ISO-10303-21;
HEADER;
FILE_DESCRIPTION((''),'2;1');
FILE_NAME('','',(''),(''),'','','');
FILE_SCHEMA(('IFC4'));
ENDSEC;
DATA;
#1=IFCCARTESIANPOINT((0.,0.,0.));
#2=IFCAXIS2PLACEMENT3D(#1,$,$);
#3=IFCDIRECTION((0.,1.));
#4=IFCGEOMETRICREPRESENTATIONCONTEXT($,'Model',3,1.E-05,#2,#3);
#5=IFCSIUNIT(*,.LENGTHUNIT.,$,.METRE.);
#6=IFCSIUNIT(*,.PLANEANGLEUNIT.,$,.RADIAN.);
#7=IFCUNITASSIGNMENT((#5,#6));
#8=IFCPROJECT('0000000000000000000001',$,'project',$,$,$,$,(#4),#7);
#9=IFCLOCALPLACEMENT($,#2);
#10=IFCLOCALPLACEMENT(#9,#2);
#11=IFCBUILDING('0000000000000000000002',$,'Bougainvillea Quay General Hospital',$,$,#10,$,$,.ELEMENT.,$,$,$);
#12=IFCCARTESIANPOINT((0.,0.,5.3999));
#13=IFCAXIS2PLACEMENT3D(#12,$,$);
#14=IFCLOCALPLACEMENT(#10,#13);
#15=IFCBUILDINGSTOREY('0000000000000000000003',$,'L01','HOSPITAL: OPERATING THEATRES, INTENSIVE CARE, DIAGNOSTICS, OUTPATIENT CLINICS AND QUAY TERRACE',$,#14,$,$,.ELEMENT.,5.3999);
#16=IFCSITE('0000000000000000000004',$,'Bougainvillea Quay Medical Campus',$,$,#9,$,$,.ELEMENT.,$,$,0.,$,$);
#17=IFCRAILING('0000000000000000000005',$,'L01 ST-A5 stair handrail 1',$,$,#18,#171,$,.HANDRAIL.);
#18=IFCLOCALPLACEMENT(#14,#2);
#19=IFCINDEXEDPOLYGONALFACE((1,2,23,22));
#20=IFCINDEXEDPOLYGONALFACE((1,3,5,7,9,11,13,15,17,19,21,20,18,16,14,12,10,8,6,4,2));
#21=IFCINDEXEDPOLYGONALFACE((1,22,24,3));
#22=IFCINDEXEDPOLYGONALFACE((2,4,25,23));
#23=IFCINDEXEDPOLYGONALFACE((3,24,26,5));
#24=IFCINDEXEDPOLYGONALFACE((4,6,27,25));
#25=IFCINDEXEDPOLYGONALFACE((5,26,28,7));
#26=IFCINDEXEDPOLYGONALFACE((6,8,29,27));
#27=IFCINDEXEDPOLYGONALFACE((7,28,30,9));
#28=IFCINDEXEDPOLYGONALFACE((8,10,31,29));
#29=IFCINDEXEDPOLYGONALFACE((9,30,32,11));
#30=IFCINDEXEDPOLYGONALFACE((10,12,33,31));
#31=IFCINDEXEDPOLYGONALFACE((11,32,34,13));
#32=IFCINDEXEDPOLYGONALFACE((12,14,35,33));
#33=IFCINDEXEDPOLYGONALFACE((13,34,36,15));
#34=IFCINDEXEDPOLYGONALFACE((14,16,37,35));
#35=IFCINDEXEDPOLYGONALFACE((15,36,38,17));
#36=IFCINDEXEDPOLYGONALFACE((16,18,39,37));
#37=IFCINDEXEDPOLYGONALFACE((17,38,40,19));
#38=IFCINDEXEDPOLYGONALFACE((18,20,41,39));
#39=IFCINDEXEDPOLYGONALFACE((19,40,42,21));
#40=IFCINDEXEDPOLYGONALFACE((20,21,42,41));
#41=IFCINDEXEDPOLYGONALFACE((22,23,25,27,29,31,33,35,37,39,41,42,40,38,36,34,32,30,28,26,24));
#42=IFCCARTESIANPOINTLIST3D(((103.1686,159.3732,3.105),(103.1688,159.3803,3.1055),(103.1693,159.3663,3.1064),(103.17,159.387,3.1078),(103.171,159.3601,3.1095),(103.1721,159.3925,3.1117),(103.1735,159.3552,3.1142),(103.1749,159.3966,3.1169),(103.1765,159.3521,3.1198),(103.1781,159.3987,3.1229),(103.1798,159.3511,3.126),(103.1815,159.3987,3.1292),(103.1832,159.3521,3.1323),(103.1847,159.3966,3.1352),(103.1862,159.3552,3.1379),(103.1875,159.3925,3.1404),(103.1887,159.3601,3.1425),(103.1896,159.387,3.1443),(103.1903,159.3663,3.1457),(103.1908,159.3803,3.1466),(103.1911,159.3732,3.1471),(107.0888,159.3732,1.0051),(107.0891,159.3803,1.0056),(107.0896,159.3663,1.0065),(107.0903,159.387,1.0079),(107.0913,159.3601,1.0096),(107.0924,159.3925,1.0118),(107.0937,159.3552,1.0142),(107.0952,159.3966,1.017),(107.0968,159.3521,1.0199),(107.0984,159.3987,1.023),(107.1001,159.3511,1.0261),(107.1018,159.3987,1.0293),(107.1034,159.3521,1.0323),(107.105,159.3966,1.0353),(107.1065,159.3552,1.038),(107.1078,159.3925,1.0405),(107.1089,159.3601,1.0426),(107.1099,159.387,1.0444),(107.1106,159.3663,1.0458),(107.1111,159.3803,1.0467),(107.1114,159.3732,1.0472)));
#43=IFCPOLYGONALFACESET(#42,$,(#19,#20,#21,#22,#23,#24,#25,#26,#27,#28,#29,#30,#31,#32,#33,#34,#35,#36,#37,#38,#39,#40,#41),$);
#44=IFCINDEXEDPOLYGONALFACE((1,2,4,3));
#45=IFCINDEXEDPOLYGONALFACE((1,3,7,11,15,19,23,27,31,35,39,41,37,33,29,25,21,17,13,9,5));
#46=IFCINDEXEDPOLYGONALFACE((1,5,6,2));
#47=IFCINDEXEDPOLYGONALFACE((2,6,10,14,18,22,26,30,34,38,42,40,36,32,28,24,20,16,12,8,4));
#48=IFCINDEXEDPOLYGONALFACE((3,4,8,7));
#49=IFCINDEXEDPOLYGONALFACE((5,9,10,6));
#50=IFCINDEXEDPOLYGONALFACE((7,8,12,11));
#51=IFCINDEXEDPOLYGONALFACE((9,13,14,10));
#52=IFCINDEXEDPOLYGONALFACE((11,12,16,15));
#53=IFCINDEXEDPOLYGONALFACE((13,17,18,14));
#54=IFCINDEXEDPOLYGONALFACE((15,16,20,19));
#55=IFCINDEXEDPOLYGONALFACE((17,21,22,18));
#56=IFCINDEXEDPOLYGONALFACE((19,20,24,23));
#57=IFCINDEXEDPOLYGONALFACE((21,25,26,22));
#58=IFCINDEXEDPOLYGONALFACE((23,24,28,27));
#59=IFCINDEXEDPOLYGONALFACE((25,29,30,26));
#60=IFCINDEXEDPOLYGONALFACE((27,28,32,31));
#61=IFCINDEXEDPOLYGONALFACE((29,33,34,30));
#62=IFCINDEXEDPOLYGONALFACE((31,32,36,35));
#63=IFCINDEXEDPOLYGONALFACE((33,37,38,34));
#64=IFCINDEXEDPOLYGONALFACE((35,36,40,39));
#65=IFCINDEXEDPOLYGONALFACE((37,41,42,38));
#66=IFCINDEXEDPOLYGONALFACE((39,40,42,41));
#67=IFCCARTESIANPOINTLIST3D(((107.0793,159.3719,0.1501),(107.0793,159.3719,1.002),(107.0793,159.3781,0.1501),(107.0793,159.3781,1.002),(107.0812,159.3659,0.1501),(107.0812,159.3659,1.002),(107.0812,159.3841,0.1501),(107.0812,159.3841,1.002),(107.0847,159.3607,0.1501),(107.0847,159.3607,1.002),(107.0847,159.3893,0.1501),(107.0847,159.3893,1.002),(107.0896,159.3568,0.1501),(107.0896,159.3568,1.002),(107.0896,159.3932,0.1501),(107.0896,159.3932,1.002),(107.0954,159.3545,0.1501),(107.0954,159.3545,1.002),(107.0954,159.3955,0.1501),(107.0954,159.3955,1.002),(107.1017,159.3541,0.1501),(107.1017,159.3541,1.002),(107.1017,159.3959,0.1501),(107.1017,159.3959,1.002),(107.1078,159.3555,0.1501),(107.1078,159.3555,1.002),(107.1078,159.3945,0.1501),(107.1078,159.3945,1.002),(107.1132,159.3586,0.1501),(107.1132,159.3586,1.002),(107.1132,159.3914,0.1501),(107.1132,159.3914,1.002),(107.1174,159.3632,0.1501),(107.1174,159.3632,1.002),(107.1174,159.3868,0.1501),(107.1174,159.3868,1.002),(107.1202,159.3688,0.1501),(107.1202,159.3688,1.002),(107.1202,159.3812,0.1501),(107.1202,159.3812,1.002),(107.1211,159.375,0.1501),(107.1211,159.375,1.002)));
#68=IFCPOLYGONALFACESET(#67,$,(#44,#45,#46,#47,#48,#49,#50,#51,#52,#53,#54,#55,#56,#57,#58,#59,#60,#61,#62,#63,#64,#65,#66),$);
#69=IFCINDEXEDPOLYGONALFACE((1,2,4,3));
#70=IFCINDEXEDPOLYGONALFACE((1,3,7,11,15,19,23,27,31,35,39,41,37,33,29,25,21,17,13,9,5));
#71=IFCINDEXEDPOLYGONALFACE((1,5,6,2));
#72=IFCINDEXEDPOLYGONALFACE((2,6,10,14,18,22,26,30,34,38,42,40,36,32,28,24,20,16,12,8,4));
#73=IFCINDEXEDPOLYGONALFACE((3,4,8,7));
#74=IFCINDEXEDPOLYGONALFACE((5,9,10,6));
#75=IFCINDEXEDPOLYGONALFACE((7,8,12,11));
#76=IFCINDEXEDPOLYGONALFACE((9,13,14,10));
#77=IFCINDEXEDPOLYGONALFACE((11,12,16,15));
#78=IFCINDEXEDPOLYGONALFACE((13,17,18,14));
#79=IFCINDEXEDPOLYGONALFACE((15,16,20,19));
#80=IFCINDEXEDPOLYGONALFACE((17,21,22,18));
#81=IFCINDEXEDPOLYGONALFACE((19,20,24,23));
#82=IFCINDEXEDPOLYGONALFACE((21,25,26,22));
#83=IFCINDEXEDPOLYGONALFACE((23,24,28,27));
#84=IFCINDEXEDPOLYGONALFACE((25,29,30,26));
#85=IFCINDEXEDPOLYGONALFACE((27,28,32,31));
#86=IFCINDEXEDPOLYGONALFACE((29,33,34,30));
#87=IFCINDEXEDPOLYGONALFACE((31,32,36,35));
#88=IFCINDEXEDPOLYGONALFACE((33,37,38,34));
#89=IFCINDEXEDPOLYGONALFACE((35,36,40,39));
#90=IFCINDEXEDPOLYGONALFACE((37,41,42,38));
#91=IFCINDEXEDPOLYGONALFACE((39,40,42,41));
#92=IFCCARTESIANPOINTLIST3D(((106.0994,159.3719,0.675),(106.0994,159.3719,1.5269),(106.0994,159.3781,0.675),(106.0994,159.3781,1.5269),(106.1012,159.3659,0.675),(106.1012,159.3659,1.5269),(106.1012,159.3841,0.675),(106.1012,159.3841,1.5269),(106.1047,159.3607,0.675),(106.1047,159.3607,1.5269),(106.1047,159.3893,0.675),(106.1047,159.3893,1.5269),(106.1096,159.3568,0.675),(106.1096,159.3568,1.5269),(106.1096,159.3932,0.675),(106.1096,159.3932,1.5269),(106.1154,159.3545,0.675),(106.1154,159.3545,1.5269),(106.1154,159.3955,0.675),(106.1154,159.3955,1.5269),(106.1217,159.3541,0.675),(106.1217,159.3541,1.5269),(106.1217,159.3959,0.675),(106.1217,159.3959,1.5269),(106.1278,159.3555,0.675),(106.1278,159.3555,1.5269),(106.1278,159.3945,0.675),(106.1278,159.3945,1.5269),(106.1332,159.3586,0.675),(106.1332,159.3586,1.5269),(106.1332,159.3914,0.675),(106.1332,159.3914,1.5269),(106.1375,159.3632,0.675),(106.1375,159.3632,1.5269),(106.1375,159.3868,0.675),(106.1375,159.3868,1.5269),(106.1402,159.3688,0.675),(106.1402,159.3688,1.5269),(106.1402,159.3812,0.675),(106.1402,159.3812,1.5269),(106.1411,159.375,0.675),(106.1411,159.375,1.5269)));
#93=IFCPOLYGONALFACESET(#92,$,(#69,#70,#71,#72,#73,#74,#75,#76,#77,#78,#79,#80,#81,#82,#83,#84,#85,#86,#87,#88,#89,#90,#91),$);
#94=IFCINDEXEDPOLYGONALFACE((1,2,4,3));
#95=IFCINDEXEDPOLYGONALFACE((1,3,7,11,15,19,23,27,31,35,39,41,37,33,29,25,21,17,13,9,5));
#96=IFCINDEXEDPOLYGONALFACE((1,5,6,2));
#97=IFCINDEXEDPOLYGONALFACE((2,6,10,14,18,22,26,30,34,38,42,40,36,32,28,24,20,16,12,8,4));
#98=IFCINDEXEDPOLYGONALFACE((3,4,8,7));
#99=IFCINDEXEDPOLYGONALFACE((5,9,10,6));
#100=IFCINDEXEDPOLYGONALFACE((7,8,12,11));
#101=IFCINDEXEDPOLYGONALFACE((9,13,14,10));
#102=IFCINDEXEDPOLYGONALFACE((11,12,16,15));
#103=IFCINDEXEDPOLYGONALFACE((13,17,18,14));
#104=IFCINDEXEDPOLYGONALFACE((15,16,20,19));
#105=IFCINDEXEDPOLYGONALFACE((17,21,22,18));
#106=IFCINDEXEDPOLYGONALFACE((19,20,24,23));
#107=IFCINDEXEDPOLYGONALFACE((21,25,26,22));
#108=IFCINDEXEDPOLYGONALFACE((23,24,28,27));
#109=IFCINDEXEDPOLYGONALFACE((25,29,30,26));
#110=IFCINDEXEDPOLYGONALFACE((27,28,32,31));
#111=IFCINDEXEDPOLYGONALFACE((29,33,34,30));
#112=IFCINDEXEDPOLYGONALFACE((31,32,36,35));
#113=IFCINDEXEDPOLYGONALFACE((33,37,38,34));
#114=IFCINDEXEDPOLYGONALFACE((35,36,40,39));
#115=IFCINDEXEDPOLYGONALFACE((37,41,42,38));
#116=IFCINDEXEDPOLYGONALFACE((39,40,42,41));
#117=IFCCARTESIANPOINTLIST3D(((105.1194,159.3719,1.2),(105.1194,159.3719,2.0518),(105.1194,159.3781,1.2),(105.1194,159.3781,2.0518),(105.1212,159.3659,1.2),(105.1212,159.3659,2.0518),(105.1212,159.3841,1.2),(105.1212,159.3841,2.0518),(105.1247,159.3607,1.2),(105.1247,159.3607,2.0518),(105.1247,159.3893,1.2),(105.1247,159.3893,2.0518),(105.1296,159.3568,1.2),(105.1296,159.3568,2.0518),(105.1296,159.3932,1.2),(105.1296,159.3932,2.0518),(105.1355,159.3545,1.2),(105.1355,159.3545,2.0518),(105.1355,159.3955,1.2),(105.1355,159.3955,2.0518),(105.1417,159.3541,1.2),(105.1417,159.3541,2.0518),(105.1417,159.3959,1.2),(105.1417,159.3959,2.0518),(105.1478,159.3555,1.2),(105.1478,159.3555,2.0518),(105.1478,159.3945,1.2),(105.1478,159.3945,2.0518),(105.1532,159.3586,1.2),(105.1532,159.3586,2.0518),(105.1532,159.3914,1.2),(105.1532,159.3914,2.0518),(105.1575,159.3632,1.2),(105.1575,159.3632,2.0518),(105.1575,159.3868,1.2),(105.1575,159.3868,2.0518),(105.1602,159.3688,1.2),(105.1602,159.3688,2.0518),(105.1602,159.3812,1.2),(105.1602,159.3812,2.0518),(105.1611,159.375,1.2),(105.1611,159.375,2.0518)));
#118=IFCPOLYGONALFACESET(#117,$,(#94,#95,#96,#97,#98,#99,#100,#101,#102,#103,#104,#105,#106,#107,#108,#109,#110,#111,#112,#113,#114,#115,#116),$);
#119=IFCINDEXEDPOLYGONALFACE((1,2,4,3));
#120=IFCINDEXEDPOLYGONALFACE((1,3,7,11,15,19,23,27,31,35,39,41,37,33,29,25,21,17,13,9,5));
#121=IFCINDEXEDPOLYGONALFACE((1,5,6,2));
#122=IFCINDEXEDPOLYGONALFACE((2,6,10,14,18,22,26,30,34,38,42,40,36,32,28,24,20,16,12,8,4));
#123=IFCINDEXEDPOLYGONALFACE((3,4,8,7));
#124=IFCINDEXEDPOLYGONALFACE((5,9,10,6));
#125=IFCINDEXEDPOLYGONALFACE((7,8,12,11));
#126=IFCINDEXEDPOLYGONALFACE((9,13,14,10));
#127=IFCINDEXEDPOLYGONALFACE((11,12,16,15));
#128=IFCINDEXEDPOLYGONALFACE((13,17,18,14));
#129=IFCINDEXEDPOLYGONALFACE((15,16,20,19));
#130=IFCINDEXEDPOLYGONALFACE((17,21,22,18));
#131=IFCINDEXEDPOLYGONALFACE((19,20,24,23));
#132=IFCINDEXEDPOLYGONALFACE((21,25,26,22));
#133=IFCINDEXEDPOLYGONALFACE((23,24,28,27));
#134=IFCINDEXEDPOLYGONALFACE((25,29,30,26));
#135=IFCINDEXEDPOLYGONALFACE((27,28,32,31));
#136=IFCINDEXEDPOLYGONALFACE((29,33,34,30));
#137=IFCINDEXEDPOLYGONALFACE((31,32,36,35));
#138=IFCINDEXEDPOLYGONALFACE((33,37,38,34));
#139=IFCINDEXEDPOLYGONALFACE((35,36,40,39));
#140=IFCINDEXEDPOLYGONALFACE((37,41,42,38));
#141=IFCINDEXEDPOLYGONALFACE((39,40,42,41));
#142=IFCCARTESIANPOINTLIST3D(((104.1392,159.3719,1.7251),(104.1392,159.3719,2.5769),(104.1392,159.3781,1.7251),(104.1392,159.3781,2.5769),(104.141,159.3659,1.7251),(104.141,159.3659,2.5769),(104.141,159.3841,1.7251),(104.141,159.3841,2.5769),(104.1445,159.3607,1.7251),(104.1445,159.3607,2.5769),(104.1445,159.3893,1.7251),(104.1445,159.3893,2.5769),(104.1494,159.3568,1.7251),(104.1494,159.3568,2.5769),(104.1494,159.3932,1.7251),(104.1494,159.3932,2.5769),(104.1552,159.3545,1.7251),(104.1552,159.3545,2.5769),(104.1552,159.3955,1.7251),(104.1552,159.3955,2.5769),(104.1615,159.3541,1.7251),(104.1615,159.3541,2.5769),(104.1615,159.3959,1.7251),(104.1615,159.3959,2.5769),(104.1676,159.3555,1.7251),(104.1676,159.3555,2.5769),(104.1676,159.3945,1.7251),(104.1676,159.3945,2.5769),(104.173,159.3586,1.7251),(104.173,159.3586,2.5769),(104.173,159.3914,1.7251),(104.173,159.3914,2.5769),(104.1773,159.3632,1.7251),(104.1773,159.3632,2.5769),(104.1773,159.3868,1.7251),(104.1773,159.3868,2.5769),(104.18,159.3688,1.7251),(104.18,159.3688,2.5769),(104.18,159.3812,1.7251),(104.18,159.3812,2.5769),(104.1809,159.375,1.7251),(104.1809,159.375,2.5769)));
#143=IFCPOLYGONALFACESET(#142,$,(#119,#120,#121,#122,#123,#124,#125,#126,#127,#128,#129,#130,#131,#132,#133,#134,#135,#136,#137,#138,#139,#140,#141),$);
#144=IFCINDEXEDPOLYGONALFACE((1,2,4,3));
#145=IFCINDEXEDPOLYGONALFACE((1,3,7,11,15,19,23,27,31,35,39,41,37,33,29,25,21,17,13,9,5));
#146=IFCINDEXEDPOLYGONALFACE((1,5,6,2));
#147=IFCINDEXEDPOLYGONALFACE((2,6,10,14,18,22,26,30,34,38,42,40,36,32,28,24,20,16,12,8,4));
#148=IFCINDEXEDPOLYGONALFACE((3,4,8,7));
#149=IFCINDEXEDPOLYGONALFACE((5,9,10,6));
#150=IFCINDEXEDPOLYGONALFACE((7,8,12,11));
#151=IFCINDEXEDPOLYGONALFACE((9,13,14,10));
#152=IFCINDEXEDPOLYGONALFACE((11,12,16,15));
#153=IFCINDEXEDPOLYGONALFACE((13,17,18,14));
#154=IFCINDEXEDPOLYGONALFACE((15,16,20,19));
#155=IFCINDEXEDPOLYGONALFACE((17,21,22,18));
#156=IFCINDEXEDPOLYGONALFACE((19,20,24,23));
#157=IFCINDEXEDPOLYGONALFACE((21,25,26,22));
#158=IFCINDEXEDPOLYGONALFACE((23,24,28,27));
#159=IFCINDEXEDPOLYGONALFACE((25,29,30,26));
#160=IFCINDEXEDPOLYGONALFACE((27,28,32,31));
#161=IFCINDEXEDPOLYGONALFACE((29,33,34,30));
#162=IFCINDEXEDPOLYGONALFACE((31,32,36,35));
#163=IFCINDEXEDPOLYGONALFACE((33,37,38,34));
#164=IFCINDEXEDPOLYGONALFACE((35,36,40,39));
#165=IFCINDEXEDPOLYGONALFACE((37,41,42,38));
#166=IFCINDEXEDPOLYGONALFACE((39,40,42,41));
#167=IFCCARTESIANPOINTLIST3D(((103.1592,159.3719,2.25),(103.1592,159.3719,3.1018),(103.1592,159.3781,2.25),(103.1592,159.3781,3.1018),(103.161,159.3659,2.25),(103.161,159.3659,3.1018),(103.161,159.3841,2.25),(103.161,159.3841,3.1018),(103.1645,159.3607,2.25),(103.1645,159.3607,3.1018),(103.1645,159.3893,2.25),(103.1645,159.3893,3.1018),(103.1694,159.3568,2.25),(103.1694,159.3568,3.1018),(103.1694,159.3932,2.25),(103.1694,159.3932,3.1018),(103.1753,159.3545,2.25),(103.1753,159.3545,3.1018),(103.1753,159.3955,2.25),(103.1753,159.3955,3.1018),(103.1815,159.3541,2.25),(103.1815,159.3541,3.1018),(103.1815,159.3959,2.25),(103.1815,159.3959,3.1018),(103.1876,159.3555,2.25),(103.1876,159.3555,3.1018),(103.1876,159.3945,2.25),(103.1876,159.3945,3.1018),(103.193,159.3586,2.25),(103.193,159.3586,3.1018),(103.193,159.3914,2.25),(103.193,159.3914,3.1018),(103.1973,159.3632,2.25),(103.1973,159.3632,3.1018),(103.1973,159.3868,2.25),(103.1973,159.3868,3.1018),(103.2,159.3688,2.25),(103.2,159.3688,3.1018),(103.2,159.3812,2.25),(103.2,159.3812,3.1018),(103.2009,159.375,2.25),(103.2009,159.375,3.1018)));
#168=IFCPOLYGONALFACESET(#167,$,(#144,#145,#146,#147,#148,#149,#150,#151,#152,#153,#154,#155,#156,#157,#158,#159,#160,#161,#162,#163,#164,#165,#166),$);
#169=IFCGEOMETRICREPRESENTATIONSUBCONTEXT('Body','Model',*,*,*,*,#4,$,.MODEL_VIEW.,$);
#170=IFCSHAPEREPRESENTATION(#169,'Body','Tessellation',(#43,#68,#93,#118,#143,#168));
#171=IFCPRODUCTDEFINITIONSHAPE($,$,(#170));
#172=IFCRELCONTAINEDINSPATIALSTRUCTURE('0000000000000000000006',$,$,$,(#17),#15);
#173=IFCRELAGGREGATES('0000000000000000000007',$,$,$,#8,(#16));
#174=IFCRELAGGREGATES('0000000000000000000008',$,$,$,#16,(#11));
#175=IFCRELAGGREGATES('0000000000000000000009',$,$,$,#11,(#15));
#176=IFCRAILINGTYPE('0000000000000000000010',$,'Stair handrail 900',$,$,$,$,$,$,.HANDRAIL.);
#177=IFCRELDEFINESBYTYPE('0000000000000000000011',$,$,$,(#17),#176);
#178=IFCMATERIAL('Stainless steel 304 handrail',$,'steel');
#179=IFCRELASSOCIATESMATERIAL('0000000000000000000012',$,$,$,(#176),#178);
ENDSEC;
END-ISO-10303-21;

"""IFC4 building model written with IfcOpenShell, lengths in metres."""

from ifc_helpers import new_model, si_unit, direction, frame, origin, origin_2d, place, context, subcontext, project, spatial, circle, extrude, material, type_object, element, save


model = new_model("IFC4")

# Units and contexts
model_context = context("Model", 3, precision=1e-05, world=origin(), true_north=direction((0.0, 1.0)))
body_context = subcontext(model_context, "Body", "Model", "MODEL_VIEW")
ifc_project = project(units=[si_unit("LENGTHUNIT", "METRE"), si_unit("PLANEANGLEUNIT", "RADIAN")], contexts=[model_context])

# Site, building, storey
site_placement = place(None, origin())
site = spatial("IfcSite", under=ifc_project, at=site_placement, Name="Bougainvillea Quay Medical Campus", CompositionType="ELEMENT", RefElevation=0.0)
building_placement = place(site_placement, origin())
building = spatial("IfcBuilding", under=site, at=building_placement, Name="Bougainvillea Quay General Hospital", CompositionType="ELEMENT")
storey_placement = place(building_placement, frame((0.0, 0.0, 5.3999)))
storey = spatial("IfcBuildingStorey", under=building, at=storey_placement, Name="L01", Description="HOSPITAL: OPERATING THEATRES, INTENSIVE CARE, DIAGNOSTICS, OUTPATIENT CLINICS AND QUAY TERRACE", CompositionType="ELEMENT", Elevation=5.3999)

# Railing
ifc_material_1 = material(Name="Stainless steel 304 handrail", Category="steel")
railing_type_1 = type_object("IfcRailingType", Name="Stair handrail 900", PredefinedType="HANDRAIL", material=ifc_material_1)
railing_1_placement = place(storey_placement, frame((107.1001, 159.375, 0.1501)))
element("IfcRailing", 1, at=railing_1_placement, inside=storey, type_object=railing_type_1, Name="L01 ST-A5 stair handrail 1", PredefinedType="HANDRAIL", context=body_context, shape_type="SweptSolid", body=[
    extrude(circle(Radius=0.0239, at=origin_2d()), frame((0.0, 0.0, 0.876), z_axis=(-0.881502, 0.0, 0.47218), x_axis=(0.0, -1.0, 0.0)), (0.0, 0.0, 1.0), 4.4473),
    extrude(circle(Radius=0.021, at=origin_2d()), origin(), (0.0, 0.0, 1.0), 0.8518),
    extrude(circle(Radius=0.021, at=origin_2d()), frame((-0.98, 0.0, 0.5249)), (0.0, 0.0, 1.0), 0.8518),
    extrude(circle(Radius=0.021, at=origin_2d()), frame((-1.96, 0.0, 1.0498)), (0.0, 0.0, 1.0), 0.8518),
    extrude(circle(Radius=0.021, at=origin_2d()), frame((-2.9402, 0.0, 1.575)), (0.0, 0.0, 1.0), 0.8518),
    extrude(circle(Radius=0.021, at=origin_2d()), frame((-3.9202, 0.0, 2.0999)), (0.0, 0.0, 1.0), 0.8518),
])

save(model, "model.ifc")
